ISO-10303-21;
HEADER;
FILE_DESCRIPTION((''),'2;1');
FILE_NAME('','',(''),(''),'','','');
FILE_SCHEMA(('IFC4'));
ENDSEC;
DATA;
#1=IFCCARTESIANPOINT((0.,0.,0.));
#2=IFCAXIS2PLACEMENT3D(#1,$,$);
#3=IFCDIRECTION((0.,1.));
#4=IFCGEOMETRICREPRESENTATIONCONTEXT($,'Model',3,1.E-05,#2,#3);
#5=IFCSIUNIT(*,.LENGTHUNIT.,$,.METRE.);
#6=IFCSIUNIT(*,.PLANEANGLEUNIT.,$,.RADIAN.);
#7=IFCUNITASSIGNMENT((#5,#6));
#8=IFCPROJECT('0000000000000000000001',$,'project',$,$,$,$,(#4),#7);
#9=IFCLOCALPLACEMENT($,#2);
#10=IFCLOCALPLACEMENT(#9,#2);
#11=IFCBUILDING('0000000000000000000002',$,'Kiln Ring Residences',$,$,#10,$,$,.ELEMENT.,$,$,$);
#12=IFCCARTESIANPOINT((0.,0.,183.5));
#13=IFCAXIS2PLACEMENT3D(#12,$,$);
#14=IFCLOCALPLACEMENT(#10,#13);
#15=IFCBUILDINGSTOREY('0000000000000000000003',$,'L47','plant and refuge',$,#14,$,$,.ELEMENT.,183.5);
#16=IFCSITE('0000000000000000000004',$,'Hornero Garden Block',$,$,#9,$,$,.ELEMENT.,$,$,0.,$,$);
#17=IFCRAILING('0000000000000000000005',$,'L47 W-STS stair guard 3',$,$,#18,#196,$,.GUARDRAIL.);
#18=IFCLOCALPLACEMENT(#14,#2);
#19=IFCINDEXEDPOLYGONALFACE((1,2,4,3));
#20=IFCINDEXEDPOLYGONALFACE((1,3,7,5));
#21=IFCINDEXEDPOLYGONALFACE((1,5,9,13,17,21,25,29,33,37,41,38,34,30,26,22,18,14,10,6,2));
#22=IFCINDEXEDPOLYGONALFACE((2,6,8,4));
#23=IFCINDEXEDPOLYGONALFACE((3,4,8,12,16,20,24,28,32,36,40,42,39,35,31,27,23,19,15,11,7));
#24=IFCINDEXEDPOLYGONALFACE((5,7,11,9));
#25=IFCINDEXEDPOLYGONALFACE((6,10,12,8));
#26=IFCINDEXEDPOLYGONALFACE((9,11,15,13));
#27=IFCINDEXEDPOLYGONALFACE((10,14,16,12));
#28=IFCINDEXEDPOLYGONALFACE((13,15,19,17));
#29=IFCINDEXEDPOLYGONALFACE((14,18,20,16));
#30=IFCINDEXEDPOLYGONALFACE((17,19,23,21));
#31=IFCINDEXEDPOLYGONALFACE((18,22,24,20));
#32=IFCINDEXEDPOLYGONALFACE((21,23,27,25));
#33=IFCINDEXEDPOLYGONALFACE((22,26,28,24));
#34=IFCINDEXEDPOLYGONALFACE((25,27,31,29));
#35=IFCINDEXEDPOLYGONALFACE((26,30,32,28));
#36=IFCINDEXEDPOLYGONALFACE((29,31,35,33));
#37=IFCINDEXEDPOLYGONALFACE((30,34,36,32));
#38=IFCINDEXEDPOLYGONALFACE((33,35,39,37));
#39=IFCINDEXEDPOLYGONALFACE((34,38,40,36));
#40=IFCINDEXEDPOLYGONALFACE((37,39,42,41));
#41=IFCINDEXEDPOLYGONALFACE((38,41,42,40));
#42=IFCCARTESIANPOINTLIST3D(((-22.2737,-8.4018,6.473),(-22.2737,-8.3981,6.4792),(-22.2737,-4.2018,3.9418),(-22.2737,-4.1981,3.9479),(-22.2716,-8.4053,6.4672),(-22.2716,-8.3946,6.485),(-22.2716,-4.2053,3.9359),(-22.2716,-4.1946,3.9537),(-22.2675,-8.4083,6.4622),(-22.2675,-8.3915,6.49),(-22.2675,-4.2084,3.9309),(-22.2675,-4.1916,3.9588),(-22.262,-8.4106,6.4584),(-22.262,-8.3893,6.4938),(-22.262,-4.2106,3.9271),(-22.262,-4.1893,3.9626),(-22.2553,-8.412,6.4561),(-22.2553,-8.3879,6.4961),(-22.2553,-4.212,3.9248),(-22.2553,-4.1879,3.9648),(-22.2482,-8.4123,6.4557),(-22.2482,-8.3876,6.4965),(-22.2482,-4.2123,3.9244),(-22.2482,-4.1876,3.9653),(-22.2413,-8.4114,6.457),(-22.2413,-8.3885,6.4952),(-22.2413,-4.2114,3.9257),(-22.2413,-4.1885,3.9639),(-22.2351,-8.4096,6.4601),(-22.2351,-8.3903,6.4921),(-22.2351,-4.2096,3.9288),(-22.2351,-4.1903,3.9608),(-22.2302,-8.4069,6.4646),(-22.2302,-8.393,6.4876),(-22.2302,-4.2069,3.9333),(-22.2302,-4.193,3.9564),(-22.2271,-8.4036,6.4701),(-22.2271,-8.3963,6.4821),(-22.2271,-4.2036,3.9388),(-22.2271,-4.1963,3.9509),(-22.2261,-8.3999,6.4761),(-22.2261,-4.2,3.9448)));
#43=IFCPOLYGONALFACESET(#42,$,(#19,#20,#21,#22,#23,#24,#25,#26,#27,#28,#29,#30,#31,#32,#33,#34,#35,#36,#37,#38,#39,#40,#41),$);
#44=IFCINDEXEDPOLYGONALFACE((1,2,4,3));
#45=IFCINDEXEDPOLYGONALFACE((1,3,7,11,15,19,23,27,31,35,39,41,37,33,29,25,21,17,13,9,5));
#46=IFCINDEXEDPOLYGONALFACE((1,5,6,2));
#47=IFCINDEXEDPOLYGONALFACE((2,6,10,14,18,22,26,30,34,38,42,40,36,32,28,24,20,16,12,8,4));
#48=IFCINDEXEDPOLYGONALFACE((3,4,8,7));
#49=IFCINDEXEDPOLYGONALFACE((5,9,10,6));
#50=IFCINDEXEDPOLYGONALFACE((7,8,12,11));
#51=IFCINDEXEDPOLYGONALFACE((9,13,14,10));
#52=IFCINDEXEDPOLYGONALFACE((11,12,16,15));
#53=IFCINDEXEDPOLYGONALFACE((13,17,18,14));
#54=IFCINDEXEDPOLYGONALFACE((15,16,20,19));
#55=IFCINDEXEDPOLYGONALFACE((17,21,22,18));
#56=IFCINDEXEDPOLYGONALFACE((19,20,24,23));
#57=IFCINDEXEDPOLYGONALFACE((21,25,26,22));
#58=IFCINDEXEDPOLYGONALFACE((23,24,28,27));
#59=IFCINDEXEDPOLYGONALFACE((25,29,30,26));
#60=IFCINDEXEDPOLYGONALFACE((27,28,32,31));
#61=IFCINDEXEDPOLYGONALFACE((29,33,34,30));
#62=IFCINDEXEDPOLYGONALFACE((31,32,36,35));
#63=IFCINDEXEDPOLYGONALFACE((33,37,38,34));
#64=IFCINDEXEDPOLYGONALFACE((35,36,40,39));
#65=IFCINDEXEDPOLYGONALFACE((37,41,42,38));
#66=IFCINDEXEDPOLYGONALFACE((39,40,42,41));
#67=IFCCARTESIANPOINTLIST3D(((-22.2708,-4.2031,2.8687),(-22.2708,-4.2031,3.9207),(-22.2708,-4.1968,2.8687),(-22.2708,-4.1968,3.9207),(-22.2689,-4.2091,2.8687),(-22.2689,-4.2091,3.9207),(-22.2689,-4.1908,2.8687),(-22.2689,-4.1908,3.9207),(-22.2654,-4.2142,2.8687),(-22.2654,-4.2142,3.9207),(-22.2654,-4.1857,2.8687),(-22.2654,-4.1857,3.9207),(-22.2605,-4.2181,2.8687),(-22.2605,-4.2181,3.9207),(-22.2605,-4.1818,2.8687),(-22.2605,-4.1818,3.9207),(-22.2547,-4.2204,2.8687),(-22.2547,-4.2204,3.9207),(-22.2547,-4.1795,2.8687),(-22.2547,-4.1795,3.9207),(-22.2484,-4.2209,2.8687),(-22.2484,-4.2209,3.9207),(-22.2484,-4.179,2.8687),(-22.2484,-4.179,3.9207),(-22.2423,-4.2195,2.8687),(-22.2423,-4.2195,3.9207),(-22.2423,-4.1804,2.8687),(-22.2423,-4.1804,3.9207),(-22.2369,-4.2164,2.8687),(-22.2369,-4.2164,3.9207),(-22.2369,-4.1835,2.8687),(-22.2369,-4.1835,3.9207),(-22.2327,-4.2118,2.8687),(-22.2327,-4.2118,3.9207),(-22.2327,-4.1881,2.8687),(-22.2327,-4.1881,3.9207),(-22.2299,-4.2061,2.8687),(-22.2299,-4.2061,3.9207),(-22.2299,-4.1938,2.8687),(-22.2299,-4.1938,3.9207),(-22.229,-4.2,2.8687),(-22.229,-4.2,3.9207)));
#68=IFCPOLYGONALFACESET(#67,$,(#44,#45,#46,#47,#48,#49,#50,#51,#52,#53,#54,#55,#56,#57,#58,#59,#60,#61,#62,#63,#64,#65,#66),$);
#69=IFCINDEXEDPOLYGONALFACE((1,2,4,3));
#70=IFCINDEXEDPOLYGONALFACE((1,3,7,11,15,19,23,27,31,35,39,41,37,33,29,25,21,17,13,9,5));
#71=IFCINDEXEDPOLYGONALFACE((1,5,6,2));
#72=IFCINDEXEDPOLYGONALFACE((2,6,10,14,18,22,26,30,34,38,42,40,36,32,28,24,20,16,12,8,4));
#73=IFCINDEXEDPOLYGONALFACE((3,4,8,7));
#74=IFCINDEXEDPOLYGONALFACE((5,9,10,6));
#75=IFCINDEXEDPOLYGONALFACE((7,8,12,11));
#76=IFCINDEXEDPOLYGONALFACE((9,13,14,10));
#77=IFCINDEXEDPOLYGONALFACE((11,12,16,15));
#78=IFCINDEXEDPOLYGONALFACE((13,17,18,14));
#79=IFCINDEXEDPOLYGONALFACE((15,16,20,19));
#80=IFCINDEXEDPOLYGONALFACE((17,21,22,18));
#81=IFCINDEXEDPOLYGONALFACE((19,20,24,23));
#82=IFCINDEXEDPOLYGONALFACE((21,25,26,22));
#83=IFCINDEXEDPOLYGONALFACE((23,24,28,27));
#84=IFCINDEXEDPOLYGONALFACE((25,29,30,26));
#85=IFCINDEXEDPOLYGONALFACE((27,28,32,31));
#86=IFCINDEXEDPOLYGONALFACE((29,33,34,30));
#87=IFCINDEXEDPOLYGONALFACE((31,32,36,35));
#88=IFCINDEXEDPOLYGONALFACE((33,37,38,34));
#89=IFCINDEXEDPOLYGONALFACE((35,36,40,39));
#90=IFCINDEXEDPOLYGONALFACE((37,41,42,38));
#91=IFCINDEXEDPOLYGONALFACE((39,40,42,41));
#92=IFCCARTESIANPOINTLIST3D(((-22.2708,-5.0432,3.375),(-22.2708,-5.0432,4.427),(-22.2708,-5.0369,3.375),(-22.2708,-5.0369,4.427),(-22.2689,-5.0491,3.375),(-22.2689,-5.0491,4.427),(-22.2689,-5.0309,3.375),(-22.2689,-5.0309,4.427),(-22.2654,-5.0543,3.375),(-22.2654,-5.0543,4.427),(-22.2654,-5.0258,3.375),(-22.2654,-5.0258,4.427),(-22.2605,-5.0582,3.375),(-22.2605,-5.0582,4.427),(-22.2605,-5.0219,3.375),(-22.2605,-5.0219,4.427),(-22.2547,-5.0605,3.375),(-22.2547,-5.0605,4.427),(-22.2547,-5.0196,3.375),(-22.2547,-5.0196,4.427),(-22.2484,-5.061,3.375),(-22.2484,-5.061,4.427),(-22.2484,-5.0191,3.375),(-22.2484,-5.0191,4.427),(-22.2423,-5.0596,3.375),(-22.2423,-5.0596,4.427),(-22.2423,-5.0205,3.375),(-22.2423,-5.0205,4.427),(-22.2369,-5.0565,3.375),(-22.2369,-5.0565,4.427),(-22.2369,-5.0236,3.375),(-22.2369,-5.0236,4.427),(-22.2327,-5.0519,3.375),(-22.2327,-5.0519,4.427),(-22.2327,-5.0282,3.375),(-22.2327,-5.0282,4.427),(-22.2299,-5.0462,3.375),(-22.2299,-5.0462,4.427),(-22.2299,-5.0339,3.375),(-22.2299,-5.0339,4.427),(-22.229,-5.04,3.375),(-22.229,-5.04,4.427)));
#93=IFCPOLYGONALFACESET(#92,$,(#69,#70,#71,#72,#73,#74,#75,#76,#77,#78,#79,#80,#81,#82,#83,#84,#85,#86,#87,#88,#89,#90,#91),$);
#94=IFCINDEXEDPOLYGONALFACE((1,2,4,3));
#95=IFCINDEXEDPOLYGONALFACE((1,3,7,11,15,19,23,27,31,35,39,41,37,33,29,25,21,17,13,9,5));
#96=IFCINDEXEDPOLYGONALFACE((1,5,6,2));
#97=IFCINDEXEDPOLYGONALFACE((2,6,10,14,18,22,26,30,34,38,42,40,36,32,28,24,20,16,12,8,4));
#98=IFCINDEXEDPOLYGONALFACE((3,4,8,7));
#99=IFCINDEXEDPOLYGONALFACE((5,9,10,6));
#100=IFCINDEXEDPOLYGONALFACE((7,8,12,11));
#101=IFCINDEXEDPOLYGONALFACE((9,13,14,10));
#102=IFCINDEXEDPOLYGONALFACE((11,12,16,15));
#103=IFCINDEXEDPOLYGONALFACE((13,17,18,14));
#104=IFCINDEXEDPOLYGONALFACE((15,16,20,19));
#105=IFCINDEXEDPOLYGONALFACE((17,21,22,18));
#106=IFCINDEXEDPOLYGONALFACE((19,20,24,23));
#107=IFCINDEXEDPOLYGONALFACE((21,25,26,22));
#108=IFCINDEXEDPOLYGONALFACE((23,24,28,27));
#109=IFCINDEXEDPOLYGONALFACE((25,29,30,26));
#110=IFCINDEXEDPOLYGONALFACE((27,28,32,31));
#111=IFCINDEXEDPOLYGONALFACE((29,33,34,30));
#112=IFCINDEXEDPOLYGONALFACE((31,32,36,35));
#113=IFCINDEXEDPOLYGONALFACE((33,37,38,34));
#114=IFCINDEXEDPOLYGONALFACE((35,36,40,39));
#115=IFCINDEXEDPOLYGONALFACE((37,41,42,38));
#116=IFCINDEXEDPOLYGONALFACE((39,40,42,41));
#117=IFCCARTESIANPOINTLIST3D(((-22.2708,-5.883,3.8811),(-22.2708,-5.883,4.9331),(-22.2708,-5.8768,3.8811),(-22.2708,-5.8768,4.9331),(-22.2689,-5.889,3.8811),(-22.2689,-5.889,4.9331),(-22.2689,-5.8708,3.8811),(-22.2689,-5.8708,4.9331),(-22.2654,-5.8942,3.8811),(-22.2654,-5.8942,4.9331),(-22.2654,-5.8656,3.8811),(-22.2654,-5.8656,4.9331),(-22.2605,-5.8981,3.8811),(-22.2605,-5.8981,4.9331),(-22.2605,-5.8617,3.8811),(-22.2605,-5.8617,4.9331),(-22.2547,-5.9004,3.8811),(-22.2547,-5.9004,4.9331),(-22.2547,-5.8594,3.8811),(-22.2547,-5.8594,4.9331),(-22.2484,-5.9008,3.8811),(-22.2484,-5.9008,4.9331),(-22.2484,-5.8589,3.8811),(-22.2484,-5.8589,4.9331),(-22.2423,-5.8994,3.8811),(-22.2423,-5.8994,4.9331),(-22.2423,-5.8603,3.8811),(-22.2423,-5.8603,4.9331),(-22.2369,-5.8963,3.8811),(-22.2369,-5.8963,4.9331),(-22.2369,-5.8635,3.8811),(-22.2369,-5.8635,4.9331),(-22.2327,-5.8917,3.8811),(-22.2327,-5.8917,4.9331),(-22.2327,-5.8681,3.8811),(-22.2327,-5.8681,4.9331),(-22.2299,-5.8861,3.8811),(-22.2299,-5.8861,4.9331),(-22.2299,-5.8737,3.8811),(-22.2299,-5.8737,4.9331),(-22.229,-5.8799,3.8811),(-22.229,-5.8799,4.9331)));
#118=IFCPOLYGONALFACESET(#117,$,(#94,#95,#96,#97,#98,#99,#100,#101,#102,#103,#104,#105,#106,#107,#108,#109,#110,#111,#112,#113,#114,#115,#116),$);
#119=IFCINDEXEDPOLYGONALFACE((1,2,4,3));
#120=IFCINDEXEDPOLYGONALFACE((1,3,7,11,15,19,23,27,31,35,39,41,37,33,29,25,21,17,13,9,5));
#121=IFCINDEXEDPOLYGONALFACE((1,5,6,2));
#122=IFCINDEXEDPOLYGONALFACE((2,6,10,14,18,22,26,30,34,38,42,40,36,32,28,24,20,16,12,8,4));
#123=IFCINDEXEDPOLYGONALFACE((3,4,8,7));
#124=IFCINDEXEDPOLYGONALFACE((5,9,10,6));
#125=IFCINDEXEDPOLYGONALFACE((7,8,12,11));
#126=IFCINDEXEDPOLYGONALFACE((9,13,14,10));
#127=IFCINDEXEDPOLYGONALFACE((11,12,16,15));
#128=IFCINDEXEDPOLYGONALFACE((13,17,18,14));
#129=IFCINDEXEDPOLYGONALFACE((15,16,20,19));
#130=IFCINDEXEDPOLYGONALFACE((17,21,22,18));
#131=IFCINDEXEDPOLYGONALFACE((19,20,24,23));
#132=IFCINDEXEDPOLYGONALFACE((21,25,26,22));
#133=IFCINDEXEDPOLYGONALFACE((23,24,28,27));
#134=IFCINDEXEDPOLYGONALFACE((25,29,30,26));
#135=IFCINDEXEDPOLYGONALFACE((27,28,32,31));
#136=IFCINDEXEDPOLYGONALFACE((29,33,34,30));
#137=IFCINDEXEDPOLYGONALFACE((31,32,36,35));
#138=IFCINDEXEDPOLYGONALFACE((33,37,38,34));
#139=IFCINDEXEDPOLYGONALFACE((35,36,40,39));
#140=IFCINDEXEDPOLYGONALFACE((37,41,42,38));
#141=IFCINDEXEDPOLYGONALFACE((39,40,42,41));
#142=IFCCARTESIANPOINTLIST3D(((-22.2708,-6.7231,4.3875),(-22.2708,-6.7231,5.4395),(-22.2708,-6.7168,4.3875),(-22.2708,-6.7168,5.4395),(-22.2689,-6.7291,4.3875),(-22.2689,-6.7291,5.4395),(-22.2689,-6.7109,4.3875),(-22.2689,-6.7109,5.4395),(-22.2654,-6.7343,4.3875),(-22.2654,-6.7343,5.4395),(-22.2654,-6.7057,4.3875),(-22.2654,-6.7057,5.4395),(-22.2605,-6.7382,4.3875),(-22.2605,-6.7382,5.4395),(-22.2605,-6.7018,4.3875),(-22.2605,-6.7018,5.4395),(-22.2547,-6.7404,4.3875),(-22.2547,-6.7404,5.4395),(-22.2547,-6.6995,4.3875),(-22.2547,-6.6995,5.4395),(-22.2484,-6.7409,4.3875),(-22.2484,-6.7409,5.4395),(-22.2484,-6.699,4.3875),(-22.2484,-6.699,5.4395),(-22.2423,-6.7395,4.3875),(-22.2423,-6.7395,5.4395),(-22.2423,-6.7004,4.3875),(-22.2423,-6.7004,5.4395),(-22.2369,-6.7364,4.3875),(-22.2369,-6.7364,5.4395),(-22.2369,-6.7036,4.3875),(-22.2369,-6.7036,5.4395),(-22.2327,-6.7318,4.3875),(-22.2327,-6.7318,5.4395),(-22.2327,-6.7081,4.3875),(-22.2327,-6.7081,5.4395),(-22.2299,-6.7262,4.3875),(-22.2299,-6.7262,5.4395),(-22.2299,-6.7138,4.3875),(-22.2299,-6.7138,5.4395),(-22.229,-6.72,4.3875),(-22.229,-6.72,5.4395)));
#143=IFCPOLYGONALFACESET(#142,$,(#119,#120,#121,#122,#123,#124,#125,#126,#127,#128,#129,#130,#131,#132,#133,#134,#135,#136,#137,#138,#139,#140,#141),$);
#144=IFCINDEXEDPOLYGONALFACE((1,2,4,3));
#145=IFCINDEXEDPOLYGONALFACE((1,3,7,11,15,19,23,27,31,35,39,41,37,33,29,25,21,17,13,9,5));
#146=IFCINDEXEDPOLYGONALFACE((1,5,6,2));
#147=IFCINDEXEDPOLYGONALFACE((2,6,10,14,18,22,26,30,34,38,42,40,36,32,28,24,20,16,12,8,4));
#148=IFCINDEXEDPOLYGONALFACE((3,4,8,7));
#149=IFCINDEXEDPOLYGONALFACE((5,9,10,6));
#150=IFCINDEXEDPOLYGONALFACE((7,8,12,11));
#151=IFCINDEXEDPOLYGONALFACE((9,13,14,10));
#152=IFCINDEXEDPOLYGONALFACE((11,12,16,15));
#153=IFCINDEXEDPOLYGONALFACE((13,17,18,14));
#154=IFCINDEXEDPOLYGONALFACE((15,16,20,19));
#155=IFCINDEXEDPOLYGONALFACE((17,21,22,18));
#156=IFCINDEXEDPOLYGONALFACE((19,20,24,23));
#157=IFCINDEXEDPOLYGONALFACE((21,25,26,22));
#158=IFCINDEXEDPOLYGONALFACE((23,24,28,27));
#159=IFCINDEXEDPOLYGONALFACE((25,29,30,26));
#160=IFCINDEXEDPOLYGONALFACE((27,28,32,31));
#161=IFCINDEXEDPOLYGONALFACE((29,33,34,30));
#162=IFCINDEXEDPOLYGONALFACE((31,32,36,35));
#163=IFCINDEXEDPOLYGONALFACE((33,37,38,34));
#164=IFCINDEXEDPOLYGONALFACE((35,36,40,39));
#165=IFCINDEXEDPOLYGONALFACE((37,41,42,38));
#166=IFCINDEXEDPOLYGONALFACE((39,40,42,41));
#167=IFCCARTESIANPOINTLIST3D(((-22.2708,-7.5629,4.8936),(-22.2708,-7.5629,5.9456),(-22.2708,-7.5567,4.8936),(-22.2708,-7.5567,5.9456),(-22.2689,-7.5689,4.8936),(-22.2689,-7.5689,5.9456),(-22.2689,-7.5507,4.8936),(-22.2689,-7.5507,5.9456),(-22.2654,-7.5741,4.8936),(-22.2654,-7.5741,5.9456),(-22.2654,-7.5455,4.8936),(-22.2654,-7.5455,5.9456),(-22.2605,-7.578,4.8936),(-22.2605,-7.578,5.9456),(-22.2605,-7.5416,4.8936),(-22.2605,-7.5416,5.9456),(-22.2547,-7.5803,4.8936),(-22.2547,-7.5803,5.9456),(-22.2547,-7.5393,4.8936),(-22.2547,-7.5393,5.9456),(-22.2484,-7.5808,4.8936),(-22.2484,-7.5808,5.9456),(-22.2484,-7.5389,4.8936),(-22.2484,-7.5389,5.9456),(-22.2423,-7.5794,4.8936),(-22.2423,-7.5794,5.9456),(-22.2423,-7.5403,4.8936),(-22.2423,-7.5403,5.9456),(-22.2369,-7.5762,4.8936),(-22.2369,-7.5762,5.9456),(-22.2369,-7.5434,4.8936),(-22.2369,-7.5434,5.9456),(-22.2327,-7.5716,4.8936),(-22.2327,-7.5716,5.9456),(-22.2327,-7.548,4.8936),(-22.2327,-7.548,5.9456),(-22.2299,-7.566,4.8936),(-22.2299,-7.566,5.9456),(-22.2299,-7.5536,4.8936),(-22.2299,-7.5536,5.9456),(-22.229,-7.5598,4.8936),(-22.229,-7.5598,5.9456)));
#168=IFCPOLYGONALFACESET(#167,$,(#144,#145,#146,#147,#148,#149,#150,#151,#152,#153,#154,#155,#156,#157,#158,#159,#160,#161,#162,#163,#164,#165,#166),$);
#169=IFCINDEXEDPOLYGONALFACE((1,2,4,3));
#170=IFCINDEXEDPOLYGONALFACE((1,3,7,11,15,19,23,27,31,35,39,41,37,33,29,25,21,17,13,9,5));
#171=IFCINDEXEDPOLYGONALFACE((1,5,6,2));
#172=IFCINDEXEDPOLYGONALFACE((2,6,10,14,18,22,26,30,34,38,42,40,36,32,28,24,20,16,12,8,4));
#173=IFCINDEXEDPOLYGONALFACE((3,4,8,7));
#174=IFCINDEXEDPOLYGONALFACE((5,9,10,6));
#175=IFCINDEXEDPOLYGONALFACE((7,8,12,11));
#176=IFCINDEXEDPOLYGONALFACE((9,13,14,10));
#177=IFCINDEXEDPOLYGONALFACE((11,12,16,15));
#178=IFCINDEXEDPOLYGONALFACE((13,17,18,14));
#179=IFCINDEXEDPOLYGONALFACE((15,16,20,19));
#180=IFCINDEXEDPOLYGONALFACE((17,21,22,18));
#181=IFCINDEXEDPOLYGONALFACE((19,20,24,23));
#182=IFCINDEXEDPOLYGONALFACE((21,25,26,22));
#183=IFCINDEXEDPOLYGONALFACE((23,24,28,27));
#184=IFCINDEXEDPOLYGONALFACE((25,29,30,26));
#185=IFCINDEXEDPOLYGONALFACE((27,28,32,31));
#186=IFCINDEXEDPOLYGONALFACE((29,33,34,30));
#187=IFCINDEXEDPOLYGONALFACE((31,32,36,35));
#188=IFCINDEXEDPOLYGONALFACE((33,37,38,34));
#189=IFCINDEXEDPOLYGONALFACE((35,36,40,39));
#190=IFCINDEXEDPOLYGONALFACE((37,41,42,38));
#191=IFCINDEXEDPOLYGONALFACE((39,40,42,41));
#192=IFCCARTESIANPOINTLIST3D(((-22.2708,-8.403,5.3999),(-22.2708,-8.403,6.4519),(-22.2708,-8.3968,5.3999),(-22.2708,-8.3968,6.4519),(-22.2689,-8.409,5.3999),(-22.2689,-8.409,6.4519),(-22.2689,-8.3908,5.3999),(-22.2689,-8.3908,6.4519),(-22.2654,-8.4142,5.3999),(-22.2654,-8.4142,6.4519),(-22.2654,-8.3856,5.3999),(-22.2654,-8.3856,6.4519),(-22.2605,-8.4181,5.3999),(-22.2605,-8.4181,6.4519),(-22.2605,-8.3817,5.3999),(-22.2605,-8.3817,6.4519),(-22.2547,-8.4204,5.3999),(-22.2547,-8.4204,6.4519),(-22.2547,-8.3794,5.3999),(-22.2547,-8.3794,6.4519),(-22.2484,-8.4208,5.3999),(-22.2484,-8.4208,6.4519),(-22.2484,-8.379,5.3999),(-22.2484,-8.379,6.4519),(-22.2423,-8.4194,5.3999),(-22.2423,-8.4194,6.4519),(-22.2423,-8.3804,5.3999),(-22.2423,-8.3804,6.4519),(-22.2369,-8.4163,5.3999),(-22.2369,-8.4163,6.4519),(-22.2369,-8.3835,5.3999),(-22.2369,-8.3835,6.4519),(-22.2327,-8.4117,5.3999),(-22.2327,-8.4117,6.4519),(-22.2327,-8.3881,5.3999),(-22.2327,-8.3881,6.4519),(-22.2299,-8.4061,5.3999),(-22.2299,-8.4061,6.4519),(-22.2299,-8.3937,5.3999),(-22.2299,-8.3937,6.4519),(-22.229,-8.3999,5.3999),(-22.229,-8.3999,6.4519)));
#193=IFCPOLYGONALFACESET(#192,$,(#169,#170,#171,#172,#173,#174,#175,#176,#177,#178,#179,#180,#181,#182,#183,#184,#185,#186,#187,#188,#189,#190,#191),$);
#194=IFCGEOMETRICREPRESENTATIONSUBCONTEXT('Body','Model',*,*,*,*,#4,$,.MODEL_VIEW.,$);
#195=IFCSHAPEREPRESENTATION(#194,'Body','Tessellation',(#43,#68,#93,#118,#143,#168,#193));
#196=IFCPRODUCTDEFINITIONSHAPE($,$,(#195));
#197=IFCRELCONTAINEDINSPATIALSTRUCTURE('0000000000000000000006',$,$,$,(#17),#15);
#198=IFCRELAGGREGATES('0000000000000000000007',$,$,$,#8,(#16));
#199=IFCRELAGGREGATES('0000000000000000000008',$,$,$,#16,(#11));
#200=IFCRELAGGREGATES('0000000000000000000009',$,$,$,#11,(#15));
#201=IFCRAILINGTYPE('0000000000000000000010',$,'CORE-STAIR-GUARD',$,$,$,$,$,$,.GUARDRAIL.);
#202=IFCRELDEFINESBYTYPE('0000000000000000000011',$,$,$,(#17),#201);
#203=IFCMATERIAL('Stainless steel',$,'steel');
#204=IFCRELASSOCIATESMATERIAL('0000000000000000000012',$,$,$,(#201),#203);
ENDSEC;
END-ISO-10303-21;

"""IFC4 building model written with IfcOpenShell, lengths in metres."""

from ifc_helpers import new_model, si_unit, direction, frame, origin, origin_2d, place, context, subcontext, project, spatial, circle, extrude, material, type_object, element, save


model = new_model("IFC4")

# Units and contexts
model_context = context("Model", 3, precision=1e-05, world=origin(), true_north=direction((0.0, 1.0)))
body_context = subcontext(model_context, "Body", "Model", "MODEL_VIEW")
ifc_project = project(units=[si_unit("LENGTHUNIT", "METRE"), si_unit("PLANEANGLEUNIT", "RADIAN")], contexts=[model_context])

# Site, building, storey
site_placement = place(None, origin())
site = spatial("IfcSite", under=ifc_project, at=site_placement, Name="Hornero Garden Block", CompositionType="ELEMENT", RefElevation=0.0)
building_placement = place(site_placement, origin())
building = spatial("IfcBuilding", under=site, at=building_placement, Name="Kiln Ring Residences", CompositionType="ELEMENT")
storey_placement = place(building_placement, frame((0.0, 0.0, 183.5)))
storey = spatial("IfcBuildingStorey", under=building, at=storey_placement, Name="L47", Description="plant and refuge", CompositionType="ELEMENT", Elevation=183.5)

# Railing
ifc_material_1 = material(Name="Stainless steel", Category="steel")
railing_type_1 = type_object("IfcRailingType", Name="CORE-STAIR-GUARD", PredefinedType="GUARDRAIL", material=ifc_material_1)
railing_1_placement = place(storey_placement, frame((-22.25, -4.2, 2.8687)))
element("IfcRailing", 1, at=railing_1_placement, inside=storey, type_object=railing_type_1, Name="L47 W-STS stair guard 3", PredefinedType="GUARDRAIL", context=body_context, shape_type="SweptSolid", body=[
    extrude(circle(Radius=0.0239, at=origin_2d()), frame((0.0, 0.0, 1.0762), z_axis=(0.0, -0.856476, 0.516186), x_axis=(1.0, 0.0, 0.0)), (0.0, 0.0, 1.0), 4.9038),
    extrude(circle(Radius=0.021, at=origin_2d()), origin(), (0.0, 0.0, 1.0), 1.052),
    extrude(circle(Radius=0.021, at=origin_2d()), frame((0.0, -0.8401, 0.5063)), (0.0, 0.0, 1.0), 1.052),
    extrude(circle(Radius=0.021, at=origin_2d()), frame((0.0, -1.6799, 1.0125)), (0.0, 0.0, 1.0), 1.052),
    extrude(circle(Radius=0.021, at=origin_2d()), frame((0.0, -2.52, 1.5188)), (0.0, 0.0, 1.0), 1.052),
    extrude(circle(Radius=0.021, at=origin_2d()), frame((0.0, -3.3599, 2.0249)), (0.0, 0.0, 1.0), 1.052),
    extrude(circle(Radius=0.021, at=origin_2d()), frame((0.0, -4.2, 2.5312)), (0.0, 0.0, 1.0), 1.052),
])

save(model, "model.ifc")
